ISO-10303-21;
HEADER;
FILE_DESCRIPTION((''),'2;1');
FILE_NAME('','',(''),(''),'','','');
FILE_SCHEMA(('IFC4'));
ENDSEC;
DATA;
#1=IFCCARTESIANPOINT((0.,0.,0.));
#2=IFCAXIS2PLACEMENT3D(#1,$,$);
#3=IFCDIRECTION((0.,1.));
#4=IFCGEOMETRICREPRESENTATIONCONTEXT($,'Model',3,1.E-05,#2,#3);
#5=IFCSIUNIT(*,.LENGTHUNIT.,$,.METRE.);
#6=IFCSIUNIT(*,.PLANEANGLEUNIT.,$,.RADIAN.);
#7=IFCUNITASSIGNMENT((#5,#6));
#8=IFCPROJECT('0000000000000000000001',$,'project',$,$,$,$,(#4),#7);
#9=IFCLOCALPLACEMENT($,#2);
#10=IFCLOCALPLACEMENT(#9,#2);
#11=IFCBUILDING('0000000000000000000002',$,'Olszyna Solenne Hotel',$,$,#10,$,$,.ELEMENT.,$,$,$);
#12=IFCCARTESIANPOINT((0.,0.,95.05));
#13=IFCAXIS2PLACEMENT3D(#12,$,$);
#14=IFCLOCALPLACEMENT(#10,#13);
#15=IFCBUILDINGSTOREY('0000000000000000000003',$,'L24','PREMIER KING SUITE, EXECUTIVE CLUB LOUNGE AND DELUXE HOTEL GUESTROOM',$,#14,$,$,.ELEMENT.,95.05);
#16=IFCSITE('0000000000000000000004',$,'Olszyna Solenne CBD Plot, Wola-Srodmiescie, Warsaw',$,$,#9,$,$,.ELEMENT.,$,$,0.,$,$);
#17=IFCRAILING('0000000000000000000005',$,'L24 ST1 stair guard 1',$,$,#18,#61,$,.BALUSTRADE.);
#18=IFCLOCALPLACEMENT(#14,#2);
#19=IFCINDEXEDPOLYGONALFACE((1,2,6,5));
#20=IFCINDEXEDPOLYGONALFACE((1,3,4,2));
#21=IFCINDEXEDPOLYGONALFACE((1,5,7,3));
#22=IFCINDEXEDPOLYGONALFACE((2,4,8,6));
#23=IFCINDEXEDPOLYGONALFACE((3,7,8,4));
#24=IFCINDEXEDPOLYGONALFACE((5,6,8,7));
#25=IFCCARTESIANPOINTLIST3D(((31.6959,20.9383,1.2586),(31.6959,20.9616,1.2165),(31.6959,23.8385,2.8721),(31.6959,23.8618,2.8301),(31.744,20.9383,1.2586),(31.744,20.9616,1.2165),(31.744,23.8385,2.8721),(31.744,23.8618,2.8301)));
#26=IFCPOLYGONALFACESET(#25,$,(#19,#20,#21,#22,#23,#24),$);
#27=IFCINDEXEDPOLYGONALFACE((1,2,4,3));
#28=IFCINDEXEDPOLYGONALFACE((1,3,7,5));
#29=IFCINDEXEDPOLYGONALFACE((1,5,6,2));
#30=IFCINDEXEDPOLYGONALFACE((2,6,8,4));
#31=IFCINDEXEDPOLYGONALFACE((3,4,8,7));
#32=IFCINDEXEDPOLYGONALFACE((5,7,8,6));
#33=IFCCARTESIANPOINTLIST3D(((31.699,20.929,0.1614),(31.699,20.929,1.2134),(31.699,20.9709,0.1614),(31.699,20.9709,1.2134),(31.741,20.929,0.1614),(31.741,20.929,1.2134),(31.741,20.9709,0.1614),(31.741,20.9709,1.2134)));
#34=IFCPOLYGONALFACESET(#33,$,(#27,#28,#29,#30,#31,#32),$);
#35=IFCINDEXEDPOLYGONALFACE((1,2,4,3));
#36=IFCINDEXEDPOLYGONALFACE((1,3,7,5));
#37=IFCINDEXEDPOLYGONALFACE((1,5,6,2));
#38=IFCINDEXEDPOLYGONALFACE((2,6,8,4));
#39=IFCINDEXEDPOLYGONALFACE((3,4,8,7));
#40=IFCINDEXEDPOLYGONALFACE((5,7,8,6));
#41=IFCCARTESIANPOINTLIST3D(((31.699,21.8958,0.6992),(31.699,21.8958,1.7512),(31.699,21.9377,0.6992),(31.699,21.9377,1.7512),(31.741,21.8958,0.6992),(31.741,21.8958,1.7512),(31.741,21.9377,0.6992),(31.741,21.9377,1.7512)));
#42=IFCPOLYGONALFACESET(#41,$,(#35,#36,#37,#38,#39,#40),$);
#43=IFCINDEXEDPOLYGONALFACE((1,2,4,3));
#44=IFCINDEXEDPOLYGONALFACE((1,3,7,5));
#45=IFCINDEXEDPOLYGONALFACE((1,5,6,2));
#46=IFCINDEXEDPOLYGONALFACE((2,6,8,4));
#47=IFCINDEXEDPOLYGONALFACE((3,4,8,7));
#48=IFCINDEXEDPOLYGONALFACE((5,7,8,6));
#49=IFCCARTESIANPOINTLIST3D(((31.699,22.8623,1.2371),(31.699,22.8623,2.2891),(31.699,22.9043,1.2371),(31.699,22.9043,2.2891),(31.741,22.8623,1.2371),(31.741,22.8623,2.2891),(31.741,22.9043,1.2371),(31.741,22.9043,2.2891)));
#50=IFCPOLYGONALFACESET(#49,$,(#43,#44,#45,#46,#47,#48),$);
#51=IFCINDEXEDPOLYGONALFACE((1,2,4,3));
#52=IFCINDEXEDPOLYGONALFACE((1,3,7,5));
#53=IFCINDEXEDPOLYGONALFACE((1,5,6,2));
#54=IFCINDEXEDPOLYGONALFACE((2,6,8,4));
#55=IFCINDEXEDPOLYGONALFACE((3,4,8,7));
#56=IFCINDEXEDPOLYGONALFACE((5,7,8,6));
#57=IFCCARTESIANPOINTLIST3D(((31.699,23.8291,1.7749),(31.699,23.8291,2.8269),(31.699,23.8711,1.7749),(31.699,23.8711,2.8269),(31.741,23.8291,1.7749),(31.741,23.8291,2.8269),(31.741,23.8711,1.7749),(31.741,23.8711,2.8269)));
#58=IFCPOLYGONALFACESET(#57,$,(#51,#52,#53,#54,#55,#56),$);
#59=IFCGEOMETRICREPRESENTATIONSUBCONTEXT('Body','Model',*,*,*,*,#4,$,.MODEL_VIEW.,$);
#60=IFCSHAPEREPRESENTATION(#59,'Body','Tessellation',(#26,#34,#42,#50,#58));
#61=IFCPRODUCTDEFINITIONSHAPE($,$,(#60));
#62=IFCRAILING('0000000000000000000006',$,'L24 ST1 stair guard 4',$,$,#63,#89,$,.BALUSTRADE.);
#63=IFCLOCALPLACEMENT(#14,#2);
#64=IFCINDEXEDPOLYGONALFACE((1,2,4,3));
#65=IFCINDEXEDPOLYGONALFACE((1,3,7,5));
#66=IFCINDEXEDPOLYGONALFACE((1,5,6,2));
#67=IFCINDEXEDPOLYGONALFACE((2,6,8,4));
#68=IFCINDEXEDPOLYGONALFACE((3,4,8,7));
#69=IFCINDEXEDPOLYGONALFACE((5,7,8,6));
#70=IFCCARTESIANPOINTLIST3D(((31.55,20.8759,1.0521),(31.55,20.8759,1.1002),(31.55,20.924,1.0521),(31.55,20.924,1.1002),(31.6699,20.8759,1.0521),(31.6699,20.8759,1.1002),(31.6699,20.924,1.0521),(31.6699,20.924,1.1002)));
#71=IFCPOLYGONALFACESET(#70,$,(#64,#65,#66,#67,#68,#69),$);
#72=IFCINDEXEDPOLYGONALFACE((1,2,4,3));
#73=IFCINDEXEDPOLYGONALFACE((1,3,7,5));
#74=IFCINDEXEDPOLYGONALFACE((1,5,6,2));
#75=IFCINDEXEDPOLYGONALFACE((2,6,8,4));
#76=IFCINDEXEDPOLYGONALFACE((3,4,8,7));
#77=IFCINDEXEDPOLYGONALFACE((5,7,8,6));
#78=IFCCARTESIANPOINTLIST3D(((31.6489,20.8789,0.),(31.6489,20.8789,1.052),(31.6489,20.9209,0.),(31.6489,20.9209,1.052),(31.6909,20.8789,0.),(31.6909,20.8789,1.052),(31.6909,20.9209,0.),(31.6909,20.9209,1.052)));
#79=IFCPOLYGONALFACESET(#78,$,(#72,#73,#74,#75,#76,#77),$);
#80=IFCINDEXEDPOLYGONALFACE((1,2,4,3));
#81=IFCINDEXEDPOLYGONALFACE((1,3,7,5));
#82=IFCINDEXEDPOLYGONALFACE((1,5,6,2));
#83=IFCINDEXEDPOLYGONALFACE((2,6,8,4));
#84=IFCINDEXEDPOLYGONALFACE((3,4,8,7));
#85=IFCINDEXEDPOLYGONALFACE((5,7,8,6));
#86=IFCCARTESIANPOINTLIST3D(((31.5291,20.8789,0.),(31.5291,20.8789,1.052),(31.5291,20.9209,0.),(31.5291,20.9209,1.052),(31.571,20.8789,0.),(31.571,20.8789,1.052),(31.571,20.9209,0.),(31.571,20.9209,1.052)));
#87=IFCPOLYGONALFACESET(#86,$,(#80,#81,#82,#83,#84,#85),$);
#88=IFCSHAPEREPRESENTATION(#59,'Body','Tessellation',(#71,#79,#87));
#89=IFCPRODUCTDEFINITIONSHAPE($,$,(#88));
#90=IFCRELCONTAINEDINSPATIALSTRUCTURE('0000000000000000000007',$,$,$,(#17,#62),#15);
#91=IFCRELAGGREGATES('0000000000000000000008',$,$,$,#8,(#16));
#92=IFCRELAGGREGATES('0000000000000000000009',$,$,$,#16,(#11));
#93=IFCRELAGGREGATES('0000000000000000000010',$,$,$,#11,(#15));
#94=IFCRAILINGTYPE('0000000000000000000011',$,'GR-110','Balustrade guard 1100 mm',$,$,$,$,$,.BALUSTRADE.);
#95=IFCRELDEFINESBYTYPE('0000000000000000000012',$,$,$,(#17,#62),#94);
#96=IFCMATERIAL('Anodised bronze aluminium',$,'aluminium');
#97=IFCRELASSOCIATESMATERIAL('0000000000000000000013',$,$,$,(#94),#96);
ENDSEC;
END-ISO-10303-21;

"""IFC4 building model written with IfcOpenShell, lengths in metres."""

from ifc_helpers import new_model, si_unit, direction, frame, origin, origin_2d, place, context, subcontext, project, spatial, rectangle, extrude, material, type_object, element, save


model = new_model("IFC4")

# Units and contexts
model_context = context("Model", 3, precision=1e-05, world=origin(), true_north=direction((0.0, 1.0)))
body_context = subcontext(model_context, "Body", "Model", "MODEL_VIEW")
ifc_project = project(units=[si_unit("LENGTHUNIT", "METRE"), si_unit("PLANEANGLEUNIT", "RADIAN")], contexts=[model_context])

# Site, building, storey
site_placement = place(None, origin())
site = spatial("IfcSite", under=ifc_project, at=site_placement, Name="Olszyna Solenne CBD Plot, Wola-Srodmiescie, Warsaw", CompositionType="ELEMENT", RefElevation=0.0)
building_placement = place(site_placement, origin())
building = spatial("IfcBuilding", under=site, at=building_placement, Name="Olszyna Solenne Hotel", CompositionType="ELEMENT")
storey_placement = place(building_placement, frame((0.0, 0.0, 95.05)))
storey = spatial("IfcBuildingStorey", under=building, at=storey_placement, Name="L24", Description="PREMIER KING SUITE, EXECUTIVE CLUB LOUNGE AND DELUXE HOTEL GUESTROOM", CompositionType="ELEMENT", Elevation=95.05)

# Railings
ifc_material_1 = material(Name="Anodised bronze aluminium", Category="aluminium")
railing_type = type_object("IfcRailingType", Name="GR-110", Description="Balustrade guard 1100 mm", PredefinedType="BALUSTRADE", material=ifc_material_1)
railing_1_placement = place(storey_placement, frame((31.72, 20.95, 0.1614)))
element("IfcRailing", 1, at=railing_1_placement, inside=storey, type_object=railing_type, Name="L24 ST1 stair guard 1", PredefinedType="BALUSTRADE", context=body_context, shape_type="SweptSolid", body=[
    extrude(rectangle(XDim=0.0481, YDim=0.0481, at=origin_2d()), frame((0.0, 0.0, 1.0762), z_axis=(0.0, 0.873859, 0.48618), x_axis=(-1.0, 0.0, 0.0)), (0.0, 0.0, 1.0), 3.3188),
    extrude(rectangle(XDim=0.042, YDim=0.042, at=origin_2d()), origin(), (0.0, 0.0, 1.0), 1.052),
    extrude(rectangle(XDim=0.042, YDim=0.042, at=origin_2d()), frame((0.0, 0.9668, 0.5378)), (0.0, 0.0, 1.0), 1.052),
    extrude(rectangle(XDim=0.042, YDim=0.042, at=origin_2d()), frame((0.0, 1.9333, 1.0757)), (0.0, 0.0, 1.0), 1.052),
    extrude(rectangle(XDim=0.042, YDim=0.042, at=origin_2d()), frame((0.0, 2.9001, 1.6135)), (0.0, 0.0, 1.0), 1.052),
])
railing_2_placement = place(storey_placement, frame((31.6699, 20.8999, 0.0)))
element("IfcRailing", 2, at=railing_2_placement, inside=storey, type_object=railing_type, Name="L24 ST1 stair guard 4", PredefinedType="BALUSTRADE", context=body_context, shape_type="SweptSolid", body=[
    extrude(rectangle(XDim=0.0481, YDim=0.0481, at=origin_2d()), frame((0.0, 0.0, 1.0762), z_axis=(-1.0, 0.0, 0.0), x_axis=(0.0, -1.0, 0.0)), (0.0, 0.0, 1.0), 0.1199),
    extrude(rectangle(XDim=0.042, YDim=0.042, at=origin_2d()), origin(), (0.0, 0.0, 1.0), 1.052),
    extrude(rectangle(XDim=0.042, YDim=0.042, at=origin_2d()), frame((-0.1199, 0.0, 0.0)), (0.0, 0.0, 1.0), 1.052),
])

save(model, "model.ifc")
